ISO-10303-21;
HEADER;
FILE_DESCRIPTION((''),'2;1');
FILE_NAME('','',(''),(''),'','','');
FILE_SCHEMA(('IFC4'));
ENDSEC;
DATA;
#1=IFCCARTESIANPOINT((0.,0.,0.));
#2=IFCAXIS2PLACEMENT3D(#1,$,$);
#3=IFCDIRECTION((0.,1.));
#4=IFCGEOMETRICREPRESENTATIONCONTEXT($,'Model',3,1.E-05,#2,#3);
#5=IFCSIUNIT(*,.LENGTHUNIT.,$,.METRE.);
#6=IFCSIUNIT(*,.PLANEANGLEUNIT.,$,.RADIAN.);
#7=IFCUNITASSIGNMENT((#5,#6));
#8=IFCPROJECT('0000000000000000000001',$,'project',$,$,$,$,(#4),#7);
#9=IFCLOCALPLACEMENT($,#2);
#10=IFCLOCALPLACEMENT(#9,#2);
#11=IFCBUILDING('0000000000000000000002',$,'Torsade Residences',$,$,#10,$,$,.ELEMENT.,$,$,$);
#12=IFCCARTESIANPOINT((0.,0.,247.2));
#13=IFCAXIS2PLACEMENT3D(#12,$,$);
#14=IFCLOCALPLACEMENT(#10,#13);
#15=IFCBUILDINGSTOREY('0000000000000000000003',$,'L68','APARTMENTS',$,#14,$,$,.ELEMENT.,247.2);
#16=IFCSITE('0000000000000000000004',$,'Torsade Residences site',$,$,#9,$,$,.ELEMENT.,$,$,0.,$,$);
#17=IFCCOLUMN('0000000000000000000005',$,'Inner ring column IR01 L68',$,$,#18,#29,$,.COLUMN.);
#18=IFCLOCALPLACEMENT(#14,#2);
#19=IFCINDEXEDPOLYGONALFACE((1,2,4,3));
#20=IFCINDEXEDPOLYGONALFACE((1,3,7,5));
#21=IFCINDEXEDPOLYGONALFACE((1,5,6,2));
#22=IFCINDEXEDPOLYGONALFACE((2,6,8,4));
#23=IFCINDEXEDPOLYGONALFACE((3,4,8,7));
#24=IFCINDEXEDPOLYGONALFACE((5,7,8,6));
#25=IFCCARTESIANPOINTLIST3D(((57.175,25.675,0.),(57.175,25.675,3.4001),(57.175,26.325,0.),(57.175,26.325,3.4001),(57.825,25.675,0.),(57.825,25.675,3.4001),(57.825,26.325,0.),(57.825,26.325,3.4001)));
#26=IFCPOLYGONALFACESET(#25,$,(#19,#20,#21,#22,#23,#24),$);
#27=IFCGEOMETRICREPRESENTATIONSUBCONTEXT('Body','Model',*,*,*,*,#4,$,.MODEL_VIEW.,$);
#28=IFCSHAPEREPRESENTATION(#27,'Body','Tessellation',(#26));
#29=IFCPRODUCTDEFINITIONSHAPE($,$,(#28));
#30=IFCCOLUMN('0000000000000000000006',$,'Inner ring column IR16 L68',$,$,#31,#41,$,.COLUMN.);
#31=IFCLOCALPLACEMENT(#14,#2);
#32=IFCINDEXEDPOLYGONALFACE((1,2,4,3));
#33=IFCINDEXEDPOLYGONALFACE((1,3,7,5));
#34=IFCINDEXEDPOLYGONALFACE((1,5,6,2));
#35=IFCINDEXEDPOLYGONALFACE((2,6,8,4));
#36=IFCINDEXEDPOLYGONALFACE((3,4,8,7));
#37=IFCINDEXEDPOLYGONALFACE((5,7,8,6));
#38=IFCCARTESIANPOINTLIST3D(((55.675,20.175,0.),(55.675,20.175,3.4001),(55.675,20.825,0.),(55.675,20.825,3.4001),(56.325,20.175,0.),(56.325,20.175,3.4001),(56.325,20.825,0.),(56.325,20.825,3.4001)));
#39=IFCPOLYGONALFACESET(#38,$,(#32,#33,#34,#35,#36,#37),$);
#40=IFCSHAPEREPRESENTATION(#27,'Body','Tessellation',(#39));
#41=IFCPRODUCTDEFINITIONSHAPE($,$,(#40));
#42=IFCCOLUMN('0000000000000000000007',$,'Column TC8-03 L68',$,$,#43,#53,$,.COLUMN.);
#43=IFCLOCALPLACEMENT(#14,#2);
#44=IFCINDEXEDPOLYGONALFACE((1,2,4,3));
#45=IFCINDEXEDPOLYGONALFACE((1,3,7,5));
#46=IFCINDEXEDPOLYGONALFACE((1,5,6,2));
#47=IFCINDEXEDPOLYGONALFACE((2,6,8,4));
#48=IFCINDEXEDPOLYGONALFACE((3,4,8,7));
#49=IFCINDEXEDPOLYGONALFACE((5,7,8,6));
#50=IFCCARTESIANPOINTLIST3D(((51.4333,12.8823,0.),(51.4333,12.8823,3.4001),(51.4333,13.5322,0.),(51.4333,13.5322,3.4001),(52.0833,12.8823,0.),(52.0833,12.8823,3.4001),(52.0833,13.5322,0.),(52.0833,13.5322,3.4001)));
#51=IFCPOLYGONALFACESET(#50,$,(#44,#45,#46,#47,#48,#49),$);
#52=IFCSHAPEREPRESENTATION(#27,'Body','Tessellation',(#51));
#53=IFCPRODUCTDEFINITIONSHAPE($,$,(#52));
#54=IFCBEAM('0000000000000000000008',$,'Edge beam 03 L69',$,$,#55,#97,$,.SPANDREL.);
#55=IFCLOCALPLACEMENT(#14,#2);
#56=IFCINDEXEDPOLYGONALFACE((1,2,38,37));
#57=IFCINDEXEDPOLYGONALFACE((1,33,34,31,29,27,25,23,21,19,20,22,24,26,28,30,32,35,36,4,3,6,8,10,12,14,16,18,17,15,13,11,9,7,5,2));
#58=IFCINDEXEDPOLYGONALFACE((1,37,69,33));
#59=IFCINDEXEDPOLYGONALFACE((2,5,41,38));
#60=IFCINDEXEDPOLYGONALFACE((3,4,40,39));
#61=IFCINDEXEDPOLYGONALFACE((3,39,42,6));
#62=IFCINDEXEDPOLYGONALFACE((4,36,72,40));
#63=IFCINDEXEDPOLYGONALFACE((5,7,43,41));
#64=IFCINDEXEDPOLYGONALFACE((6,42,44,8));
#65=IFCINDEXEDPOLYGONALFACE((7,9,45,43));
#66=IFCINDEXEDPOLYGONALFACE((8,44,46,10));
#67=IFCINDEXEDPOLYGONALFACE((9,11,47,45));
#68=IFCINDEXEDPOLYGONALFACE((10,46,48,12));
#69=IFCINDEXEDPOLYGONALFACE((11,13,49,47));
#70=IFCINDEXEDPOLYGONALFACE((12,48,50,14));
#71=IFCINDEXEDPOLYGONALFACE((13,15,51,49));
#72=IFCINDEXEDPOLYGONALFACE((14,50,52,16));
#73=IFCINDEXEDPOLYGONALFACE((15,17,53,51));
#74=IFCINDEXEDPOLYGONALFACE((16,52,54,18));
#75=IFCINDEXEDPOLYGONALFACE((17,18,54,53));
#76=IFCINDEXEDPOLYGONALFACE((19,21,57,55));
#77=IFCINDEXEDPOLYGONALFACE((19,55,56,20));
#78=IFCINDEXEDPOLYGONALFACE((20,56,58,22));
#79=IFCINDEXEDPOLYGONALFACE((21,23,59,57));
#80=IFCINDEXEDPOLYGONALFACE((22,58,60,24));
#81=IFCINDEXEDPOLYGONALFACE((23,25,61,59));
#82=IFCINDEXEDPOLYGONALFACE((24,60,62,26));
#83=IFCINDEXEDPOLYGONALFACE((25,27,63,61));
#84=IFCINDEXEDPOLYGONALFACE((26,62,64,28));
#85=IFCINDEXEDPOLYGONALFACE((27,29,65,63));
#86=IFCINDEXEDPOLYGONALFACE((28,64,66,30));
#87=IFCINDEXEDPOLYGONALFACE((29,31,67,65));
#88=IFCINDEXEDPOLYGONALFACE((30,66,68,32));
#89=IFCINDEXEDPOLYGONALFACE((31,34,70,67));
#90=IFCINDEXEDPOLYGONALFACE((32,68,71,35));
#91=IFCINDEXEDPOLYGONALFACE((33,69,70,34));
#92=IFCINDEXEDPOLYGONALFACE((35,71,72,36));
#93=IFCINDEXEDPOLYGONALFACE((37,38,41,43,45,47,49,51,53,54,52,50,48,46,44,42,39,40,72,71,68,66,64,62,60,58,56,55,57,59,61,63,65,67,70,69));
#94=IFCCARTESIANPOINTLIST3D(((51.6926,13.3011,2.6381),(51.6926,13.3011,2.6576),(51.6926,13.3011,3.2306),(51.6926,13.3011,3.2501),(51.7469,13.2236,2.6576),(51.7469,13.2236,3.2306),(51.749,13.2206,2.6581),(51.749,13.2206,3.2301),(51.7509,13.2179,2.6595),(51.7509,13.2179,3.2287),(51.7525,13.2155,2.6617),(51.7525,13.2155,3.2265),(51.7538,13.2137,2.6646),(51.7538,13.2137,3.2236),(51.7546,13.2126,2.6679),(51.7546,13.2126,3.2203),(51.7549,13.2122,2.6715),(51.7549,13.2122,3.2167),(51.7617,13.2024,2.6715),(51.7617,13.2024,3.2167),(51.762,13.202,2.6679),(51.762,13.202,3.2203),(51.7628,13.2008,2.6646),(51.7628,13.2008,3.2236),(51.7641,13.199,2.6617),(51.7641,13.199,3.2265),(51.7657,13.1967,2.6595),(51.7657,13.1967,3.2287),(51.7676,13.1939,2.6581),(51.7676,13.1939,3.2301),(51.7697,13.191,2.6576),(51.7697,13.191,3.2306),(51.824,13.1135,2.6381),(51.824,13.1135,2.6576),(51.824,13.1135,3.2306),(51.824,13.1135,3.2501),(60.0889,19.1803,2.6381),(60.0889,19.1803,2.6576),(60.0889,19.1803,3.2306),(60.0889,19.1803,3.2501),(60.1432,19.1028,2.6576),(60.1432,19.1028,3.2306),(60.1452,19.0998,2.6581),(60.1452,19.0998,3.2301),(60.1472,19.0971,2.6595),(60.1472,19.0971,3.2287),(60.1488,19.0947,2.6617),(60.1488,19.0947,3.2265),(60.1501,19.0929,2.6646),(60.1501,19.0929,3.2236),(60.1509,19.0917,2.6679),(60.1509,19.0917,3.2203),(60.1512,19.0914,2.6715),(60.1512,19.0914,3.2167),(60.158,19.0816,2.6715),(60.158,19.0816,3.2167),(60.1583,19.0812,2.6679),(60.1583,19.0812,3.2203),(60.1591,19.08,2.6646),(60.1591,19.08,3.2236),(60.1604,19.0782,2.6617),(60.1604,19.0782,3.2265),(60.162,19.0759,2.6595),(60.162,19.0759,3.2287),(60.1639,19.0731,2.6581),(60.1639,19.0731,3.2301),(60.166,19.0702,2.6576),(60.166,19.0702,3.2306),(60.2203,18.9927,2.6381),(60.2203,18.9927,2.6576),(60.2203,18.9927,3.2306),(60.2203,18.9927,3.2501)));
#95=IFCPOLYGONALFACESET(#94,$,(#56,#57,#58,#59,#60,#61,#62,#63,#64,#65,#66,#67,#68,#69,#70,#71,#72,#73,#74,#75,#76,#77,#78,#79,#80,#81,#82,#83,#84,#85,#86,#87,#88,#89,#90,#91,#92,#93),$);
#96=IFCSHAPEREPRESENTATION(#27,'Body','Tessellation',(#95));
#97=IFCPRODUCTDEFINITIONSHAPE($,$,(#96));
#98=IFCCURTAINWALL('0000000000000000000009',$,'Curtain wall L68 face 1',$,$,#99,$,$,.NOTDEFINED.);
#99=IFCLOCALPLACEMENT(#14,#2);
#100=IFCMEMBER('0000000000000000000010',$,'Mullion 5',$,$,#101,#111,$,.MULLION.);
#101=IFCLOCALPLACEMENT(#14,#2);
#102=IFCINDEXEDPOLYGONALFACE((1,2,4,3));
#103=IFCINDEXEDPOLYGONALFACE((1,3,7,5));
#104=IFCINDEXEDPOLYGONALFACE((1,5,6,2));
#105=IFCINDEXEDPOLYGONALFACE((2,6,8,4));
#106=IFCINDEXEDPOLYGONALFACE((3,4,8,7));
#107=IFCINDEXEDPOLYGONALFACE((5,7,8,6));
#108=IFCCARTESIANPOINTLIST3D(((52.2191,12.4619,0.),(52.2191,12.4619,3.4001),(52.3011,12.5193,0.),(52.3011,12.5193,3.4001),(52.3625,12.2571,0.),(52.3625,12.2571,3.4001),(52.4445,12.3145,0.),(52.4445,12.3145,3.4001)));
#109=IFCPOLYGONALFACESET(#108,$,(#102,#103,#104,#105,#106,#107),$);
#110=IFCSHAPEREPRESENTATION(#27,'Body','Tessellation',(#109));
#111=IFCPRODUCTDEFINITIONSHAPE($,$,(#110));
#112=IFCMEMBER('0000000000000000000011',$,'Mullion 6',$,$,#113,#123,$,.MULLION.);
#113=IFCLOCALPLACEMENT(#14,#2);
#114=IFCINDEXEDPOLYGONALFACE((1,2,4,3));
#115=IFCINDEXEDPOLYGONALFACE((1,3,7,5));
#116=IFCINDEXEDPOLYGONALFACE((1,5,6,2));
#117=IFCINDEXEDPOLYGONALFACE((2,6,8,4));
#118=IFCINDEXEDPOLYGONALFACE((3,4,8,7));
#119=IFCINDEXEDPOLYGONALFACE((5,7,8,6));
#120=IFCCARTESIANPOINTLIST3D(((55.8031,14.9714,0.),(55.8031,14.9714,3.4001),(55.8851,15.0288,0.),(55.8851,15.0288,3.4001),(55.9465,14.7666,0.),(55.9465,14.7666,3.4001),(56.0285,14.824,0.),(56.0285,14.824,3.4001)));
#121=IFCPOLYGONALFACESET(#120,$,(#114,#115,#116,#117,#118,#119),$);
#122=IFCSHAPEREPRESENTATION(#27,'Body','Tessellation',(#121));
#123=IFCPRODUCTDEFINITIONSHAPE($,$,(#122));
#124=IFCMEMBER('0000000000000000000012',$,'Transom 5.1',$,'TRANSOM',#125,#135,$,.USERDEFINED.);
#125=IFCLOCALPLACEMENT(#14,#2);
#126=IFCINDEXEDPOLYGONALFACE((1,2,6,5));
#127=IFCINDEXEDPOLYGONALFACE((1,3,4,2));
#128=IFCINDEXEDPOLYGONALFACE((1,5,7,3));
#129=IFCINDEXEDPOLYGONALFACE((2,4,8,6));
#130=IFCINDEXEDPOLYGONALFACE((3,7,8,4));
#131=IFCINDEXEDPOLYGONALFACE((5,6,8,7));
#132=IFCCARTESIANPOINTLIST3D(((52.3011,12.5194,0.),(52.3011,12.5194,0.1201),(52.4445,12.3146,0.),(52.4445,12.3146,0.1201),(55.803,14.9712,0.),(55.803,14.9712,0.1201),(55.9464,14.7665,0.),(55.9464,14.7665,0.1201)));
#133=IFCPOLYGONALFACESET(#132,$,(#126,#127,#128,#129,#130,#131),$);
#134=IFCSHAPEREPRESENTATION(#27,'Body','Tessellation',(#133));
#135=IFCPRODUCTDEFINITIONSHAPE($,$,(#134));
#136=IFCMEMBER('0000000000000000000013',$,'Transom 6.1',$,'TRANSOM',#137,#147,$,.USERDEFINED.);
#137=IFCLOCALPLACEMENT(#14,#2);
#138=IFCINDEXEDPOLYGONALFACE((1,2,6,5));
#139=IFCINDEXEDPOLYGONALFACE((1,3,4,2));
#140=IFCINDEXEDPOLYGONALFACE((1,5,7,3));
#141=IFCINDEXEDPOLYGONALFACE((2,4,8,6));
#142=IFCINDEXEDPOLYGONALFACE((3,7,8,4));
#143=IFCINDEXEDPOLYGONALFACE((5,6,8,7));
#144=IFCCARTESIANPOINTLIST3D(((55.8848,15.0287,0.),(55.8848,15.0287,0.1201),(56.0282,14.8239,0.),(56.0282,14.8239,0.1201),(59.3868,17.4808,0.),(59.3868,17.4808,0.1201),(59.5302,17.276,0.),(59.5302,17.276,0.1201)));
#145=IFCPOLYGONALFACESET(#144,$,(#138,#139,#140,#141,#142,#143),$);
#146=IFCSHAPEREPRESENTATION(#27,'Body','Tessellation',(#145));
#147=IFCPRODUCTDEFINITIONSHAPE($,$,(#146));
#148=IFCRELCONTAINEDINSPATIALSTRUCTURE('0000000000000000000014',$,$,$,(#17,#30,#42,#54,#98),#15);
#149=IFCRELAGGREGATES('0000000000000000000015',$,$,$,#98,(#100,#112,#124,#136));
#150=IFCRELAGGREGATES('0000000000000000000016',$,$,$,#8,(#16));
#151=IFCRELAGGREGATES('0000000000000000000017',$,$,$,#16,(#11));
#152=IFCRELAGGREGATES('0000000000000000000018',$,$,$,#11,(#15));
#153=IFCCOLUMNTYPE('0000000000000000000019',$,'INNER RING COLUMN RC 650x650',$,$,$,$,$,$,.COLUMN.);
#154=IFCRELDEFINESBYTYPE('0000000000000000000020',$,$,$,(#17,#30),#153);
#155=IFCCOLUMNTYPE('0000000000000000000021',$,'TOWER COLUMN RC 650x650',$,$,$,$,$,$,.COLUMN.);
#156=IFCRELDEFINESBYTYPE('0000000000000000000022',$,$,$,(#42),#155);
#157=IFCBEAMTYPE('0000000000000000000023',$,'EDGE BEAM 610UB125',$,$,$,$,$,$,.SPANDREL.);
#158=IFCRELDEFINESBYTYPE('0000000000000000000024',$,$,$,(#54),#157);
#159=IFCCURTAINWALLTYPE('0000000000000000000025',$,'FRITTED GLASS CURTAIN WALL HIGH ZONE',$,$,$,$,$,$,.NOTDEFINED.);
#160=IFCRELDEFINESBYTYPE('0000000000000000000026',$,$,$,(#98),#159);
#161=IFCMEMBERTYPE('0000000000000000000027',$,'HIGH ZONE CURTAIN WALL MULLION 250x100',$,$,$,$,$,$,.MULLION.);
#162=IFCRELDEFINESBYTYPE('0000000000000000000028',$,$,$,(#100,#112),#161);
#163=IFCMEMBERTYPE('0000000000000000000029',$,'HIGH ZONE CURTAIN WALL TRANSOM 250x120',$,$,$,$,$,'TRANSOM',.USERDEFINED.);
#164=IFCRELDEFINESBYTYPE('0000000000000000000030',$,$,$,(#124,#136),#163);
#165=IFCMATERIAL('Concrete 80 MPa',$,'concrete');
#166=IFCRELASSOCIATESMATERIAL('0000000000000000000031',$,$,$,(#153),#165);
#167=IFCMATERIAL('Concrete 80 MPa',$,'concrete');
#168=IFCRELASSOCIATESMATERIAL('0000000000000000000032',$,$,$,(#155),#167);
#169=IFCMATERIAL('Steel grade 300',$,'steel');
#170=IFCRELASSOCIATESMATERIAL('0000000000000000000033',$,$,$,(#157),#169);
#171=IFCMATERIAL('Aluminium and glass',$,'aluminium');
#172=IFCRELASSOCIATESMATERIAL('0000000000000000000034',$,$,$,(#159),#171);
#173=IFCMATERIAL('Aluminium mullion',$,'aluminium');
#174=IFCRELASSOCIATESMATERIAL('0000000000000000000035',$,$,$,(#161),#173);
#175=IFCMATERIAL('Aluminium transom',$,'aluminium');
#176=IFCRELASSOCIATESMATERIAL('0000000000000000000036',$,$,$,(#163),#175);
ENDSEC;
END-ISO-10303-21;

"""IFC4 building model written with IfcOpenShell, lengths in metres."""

from ifc_helpers import new_model, si_unit, direction, frame, origin, origin_2d, place, context, subcontext, project, spatial, rectangle, i_section, extrude, material, material_profile, profile_set, type_object, element, aggregate, save


model = new_model("IFC4")

# Units and contexts
model_context = context("Model", 3, precision=1e-05, world=origin(), true_north=direction((0.0, 1.0)))
body_context = subcontext(model_context, "Body", "Model", "MODEL_VIEW")
ifc_project = project(units=[si_unit("LENGTHUNIT", "METRE"), si_unit("PLANEANGLEUNIT", "RADIAN")], contexts=[model_context])

# Site, building, storey
site_placement = place(None, origin())
site = spatial("IfcSite", under=ifc_project, at=site_placement, Name="Torsade Residences site", CompositionType="ELEMENT", RefElevation=0.0)
building_placement = place(site_placement, origin())
building = spatial("IfcBuilding", under=site, at=building_placement, Name="Torsade Residences", CompositionType="ELEMENT")
storey_placement = place(building_placement, frame((0.0, 0.0, 247.2)))
storey = spatial("IfcBuildingStorey", under=building, at=storey_placement, Name="L68", Description="APARTMENTS", CompositionType="ELEMENT", Elevation=247.2)

# Columns
ifc_material_1 = material(Name="Concrete 80 MPa", Category="concrete")
ifc_material_profile_1 = material_profile(ifc_material_1, rectangle(XDim=0.6499, YDim=0.6499, at=origin_2d()), Name="RC 650x650")
ifc_profile_set_1 = profile_set([ifc_material_profile_1], Name="Concrete 80 MPa")
column_type_1 = type_object("IfcColumnType", Name="INNER RING COLUMN RC 650x650", PredefinedType="COLUMN", material=ifc_profile_set_1)
for number, where, z_axis, x_axis, name in (
    (1, (57.5, 26.0, 0.0), (0.0, 0.0, 1.0), (1.0, 0.0, 0.0), "Inner ring column IR01 L68"),
    (2, (56.0, 20.5, 0.0), (0.0, 0.0, 1.0), (1.0, 0.0, 0.0), "Inner ring column IR16 L68"),
):
    element("IfcColumn", number, at=place(storey_placement, frame(where, z_axis=z_axis, x_axis=x_axis)), inside=storey, type_object=column_type_1, Name=name, PredefinedType="COLUMN", context=body_context, shape_type="SweptSolid", body=[
        extrude(rectangle(XDim=0.6499, YDim=0.6499, at=origin_2d()), origin(), (0.0, 0.0, 1.0), 3.4001),
    ])
ifc_material_2 = material(Name="Concrete 80 MPa", Category="concrete")
ifc_material_profile_2 = material_profile(ifc_material_2, rectangle(XDim=0.6499, YDim=0.6499, at=origin_2d()), Name="RC 650x650")
ifc_profile_set_2 = profile_set([ifc_material_profile_2], Name="Concrete 80 MPa")
column_type_2 = type_object("IfcColumnType", Name="TOWER COLUMN RC 650x650", PredefinedType="COLUMN", material=ifc_profile_set_2)
column_placement = place(storey_placement, frame((51.7583, 13.2073, 0.0), z_axis=(0.0, 0.0, 1.0), x_axis=(1.0, 0.0, 0.0)))
element("IfcColumn", 3, at=column_placement, inside=storey, type_object=column_type_2, Name="Column TC8-03 L68", PredefinedType="COLUMN", context=body_context, shape_type="SweptSolid", body=[
    extrude(rectangle(XDim=0.6499, YDim=0.6499, at=origin_2d()), origin(), (0.0, 0.0, 1.0), 3.4001),
])

# Beam
ifc_material_3 = material(Name="Steel grade 300", Category="steel")
ifc_material_profile_3 = material_profile(ifc_material_3, i_section(OverallWidth=0.229, OverallDepth=0.6121, WebThickness=0.012, FlangeThickness=0.0195, FilletRadius=0.0139, at=origin_2d()), Name="610UB125")
ifc_profile_set_3 = profile_set([ifc_material_profile_3], Name="Steel grade 300")
beam_type_1 = type_object("IfcBeamType", Name="EDGE BEAM 610UB125", PredefinedType="SPANDREL", material=ifc_profile_set_3)
beam_1_placement = place(storey_placement, frame((51.7583, 13.2073, 2.9441), z_axis=(0.81915, 0.573579, 0.0), x_axis=(-0.573579, 0.81915, 0.0)))
element("IfcBeam", 4, at=beam_1_placement, inside=storey, type_object=beam_type_1, Name="Edge beam 03 L69", PredefinedType="SPANDREL", context=body_context, shape_type="SweptSolid", body=[
    extrude(i_section(OverallWidth=0.229, OverallDepth=0.6121, WebThickness=0.012, FlangeThickness=0.0195, FilletRadius=0.0139, at=origin_2d()), origin(), (0.0, 0.0, 1.0), 10.25),
])

# Curtain wall, members
ifc_material_4 = material(Name="Aluminium and glass", Category="aluminium")
curtain_wall_type = type_object("IfcCurtainWallType", Name="FRITTED GLASS CURTAIN WALL HIGH ZONE", PredefinedType="NOTDEFINED", material=ifc_material_4)
curtain_wall_placement = place(storey_placement, origin())
curtain_wall = element("IfcCurtainWall", 5, at=curtain_wall_placement, inside=storey, type_object=curtain_wall_type, Name="Curtain wall L68 face 1", PredefinedType="NOTDEFINED")
ifc_material_5 = material(Name="Aluminium mullion", Category="aluminium")
ifc_material_profile_4 = material_profile(ifc_material_5, rectangle(XDim=0.25, YDim=0.1001, at=origin_2d()), Name="HIGH ZONE CURTAIN WALL MULLION 250x100")
ifc_profile_set_4 = profile_set([ifc_material_profile_4], Name="Aluminium mullion")
member_type_1 = type_object("IfcMemberType", Name="HIGH ZONE CURTAIN WALL MULLION 250x100", PredefinedType="MULLION", material=ifc_profile_set_4)
member_1_placement = place(storey_placement, frame((52.3318, 12.3882, 0.0), z_axis=(0.0, 0.0, 1.0), x_axis=(-0.573576, 0.819152, 0.0)))
member_1 = element("IfcMember", 6, at=member_1_placement, type_object=member_type_1, Name="Mullion 5", PredefinedType="MULLION", context=body_context, shape_type="SweptSolid", body=[
    extrude(rectangle(XDim=0.25, YDim=0.1001, at=origin_2d()), origin(), (0.0, 0.0, 1.0), 3.4001),
])
member_2_placement = place(storey_placement, frame((55.9158, 14.8977, 0.0), z_axis=(0.0, 0.0, 1.0), x_axis=(-0.573576, 0.819152, 0.0)))
member_2 = element("IfcMember", 7, at=member_2_placement, type_object=member_type_1, Name="Mullion 6", PredefinedType="MULLION", context=body_context, shape_type="SweptSolid", body=[
    extrude(rectangle(XDim=0.25, YDim=0.1001, at=origin_2d()), origin(), (0.0, 0.0, 1.0), 3.4001),
])
ifc_material_6 = material(Name="Aluminium transom", Category="aluminium")
ifc_material_profile_5 = material_profile(ifc_material_6, rectangle(XDim=0.25, YDim=0.1201, at=origin_2d()), Name="HIGH ZONE CURTAIN WALL TRANSOM 250x120")
ifc_profile_set_5 = profile_set([ifc_material_profile_5], Name="Aluminium transom")
member_type_2 = type_object("IfcMemberType", Name="HIGH ZONE CURTAIN WALL TRANSOM 250x120", ElementType="TRANSOM", PredefinedType="USERDEFINED", material=ifc_profile_set_5)
member_3_placement = place(storey_placement, frame((52.3728, 12.417, 0.0601), z_axis=(0.819173, 0.573547, 0.0), x_axis=(-0.573547, 0.819173, 0.0)))
member_3 = element("IfcMember", 8, at=member_3_placement, type_object=member_type_2, Name="Transom 5.1", ObjectType="TRANSOM", PredefinedType="USERDEFINED", context=body_context, shape_type="SweptSolid", body=[
    extrude(rectangle(XDim=0.25, YDim=0.1201, at=origin_2d()), origin(), (0.0, 0.0, 1.0), 4.2749),
])
member_4_placement = place(storey_placement, frame((55.9565, 14.9263, 0.0601), z_axis=(0.819146, 0.573585, 0.0), x_axis=(-0.573585, 0.819146, 0.0)))
member_4 = element("IfcMember", 9, at=member_4_placement, type_object=member_type_2, Name="Transom 6.1", ObjectType="TRANSOM", PredefinedType="USERDEFINED", context=body_context, shape_type="SweptSolid", body=[
    extrude(rectangle(XDim=0.25, YDim=0.1201, at=origin_2d()), origin(), (0.0, 0.0, 1.0), 4.2751),
])

aggregate(curtain_wall, [member_1, member_2, member_3, member_4])

save(model, "model.ifc")
